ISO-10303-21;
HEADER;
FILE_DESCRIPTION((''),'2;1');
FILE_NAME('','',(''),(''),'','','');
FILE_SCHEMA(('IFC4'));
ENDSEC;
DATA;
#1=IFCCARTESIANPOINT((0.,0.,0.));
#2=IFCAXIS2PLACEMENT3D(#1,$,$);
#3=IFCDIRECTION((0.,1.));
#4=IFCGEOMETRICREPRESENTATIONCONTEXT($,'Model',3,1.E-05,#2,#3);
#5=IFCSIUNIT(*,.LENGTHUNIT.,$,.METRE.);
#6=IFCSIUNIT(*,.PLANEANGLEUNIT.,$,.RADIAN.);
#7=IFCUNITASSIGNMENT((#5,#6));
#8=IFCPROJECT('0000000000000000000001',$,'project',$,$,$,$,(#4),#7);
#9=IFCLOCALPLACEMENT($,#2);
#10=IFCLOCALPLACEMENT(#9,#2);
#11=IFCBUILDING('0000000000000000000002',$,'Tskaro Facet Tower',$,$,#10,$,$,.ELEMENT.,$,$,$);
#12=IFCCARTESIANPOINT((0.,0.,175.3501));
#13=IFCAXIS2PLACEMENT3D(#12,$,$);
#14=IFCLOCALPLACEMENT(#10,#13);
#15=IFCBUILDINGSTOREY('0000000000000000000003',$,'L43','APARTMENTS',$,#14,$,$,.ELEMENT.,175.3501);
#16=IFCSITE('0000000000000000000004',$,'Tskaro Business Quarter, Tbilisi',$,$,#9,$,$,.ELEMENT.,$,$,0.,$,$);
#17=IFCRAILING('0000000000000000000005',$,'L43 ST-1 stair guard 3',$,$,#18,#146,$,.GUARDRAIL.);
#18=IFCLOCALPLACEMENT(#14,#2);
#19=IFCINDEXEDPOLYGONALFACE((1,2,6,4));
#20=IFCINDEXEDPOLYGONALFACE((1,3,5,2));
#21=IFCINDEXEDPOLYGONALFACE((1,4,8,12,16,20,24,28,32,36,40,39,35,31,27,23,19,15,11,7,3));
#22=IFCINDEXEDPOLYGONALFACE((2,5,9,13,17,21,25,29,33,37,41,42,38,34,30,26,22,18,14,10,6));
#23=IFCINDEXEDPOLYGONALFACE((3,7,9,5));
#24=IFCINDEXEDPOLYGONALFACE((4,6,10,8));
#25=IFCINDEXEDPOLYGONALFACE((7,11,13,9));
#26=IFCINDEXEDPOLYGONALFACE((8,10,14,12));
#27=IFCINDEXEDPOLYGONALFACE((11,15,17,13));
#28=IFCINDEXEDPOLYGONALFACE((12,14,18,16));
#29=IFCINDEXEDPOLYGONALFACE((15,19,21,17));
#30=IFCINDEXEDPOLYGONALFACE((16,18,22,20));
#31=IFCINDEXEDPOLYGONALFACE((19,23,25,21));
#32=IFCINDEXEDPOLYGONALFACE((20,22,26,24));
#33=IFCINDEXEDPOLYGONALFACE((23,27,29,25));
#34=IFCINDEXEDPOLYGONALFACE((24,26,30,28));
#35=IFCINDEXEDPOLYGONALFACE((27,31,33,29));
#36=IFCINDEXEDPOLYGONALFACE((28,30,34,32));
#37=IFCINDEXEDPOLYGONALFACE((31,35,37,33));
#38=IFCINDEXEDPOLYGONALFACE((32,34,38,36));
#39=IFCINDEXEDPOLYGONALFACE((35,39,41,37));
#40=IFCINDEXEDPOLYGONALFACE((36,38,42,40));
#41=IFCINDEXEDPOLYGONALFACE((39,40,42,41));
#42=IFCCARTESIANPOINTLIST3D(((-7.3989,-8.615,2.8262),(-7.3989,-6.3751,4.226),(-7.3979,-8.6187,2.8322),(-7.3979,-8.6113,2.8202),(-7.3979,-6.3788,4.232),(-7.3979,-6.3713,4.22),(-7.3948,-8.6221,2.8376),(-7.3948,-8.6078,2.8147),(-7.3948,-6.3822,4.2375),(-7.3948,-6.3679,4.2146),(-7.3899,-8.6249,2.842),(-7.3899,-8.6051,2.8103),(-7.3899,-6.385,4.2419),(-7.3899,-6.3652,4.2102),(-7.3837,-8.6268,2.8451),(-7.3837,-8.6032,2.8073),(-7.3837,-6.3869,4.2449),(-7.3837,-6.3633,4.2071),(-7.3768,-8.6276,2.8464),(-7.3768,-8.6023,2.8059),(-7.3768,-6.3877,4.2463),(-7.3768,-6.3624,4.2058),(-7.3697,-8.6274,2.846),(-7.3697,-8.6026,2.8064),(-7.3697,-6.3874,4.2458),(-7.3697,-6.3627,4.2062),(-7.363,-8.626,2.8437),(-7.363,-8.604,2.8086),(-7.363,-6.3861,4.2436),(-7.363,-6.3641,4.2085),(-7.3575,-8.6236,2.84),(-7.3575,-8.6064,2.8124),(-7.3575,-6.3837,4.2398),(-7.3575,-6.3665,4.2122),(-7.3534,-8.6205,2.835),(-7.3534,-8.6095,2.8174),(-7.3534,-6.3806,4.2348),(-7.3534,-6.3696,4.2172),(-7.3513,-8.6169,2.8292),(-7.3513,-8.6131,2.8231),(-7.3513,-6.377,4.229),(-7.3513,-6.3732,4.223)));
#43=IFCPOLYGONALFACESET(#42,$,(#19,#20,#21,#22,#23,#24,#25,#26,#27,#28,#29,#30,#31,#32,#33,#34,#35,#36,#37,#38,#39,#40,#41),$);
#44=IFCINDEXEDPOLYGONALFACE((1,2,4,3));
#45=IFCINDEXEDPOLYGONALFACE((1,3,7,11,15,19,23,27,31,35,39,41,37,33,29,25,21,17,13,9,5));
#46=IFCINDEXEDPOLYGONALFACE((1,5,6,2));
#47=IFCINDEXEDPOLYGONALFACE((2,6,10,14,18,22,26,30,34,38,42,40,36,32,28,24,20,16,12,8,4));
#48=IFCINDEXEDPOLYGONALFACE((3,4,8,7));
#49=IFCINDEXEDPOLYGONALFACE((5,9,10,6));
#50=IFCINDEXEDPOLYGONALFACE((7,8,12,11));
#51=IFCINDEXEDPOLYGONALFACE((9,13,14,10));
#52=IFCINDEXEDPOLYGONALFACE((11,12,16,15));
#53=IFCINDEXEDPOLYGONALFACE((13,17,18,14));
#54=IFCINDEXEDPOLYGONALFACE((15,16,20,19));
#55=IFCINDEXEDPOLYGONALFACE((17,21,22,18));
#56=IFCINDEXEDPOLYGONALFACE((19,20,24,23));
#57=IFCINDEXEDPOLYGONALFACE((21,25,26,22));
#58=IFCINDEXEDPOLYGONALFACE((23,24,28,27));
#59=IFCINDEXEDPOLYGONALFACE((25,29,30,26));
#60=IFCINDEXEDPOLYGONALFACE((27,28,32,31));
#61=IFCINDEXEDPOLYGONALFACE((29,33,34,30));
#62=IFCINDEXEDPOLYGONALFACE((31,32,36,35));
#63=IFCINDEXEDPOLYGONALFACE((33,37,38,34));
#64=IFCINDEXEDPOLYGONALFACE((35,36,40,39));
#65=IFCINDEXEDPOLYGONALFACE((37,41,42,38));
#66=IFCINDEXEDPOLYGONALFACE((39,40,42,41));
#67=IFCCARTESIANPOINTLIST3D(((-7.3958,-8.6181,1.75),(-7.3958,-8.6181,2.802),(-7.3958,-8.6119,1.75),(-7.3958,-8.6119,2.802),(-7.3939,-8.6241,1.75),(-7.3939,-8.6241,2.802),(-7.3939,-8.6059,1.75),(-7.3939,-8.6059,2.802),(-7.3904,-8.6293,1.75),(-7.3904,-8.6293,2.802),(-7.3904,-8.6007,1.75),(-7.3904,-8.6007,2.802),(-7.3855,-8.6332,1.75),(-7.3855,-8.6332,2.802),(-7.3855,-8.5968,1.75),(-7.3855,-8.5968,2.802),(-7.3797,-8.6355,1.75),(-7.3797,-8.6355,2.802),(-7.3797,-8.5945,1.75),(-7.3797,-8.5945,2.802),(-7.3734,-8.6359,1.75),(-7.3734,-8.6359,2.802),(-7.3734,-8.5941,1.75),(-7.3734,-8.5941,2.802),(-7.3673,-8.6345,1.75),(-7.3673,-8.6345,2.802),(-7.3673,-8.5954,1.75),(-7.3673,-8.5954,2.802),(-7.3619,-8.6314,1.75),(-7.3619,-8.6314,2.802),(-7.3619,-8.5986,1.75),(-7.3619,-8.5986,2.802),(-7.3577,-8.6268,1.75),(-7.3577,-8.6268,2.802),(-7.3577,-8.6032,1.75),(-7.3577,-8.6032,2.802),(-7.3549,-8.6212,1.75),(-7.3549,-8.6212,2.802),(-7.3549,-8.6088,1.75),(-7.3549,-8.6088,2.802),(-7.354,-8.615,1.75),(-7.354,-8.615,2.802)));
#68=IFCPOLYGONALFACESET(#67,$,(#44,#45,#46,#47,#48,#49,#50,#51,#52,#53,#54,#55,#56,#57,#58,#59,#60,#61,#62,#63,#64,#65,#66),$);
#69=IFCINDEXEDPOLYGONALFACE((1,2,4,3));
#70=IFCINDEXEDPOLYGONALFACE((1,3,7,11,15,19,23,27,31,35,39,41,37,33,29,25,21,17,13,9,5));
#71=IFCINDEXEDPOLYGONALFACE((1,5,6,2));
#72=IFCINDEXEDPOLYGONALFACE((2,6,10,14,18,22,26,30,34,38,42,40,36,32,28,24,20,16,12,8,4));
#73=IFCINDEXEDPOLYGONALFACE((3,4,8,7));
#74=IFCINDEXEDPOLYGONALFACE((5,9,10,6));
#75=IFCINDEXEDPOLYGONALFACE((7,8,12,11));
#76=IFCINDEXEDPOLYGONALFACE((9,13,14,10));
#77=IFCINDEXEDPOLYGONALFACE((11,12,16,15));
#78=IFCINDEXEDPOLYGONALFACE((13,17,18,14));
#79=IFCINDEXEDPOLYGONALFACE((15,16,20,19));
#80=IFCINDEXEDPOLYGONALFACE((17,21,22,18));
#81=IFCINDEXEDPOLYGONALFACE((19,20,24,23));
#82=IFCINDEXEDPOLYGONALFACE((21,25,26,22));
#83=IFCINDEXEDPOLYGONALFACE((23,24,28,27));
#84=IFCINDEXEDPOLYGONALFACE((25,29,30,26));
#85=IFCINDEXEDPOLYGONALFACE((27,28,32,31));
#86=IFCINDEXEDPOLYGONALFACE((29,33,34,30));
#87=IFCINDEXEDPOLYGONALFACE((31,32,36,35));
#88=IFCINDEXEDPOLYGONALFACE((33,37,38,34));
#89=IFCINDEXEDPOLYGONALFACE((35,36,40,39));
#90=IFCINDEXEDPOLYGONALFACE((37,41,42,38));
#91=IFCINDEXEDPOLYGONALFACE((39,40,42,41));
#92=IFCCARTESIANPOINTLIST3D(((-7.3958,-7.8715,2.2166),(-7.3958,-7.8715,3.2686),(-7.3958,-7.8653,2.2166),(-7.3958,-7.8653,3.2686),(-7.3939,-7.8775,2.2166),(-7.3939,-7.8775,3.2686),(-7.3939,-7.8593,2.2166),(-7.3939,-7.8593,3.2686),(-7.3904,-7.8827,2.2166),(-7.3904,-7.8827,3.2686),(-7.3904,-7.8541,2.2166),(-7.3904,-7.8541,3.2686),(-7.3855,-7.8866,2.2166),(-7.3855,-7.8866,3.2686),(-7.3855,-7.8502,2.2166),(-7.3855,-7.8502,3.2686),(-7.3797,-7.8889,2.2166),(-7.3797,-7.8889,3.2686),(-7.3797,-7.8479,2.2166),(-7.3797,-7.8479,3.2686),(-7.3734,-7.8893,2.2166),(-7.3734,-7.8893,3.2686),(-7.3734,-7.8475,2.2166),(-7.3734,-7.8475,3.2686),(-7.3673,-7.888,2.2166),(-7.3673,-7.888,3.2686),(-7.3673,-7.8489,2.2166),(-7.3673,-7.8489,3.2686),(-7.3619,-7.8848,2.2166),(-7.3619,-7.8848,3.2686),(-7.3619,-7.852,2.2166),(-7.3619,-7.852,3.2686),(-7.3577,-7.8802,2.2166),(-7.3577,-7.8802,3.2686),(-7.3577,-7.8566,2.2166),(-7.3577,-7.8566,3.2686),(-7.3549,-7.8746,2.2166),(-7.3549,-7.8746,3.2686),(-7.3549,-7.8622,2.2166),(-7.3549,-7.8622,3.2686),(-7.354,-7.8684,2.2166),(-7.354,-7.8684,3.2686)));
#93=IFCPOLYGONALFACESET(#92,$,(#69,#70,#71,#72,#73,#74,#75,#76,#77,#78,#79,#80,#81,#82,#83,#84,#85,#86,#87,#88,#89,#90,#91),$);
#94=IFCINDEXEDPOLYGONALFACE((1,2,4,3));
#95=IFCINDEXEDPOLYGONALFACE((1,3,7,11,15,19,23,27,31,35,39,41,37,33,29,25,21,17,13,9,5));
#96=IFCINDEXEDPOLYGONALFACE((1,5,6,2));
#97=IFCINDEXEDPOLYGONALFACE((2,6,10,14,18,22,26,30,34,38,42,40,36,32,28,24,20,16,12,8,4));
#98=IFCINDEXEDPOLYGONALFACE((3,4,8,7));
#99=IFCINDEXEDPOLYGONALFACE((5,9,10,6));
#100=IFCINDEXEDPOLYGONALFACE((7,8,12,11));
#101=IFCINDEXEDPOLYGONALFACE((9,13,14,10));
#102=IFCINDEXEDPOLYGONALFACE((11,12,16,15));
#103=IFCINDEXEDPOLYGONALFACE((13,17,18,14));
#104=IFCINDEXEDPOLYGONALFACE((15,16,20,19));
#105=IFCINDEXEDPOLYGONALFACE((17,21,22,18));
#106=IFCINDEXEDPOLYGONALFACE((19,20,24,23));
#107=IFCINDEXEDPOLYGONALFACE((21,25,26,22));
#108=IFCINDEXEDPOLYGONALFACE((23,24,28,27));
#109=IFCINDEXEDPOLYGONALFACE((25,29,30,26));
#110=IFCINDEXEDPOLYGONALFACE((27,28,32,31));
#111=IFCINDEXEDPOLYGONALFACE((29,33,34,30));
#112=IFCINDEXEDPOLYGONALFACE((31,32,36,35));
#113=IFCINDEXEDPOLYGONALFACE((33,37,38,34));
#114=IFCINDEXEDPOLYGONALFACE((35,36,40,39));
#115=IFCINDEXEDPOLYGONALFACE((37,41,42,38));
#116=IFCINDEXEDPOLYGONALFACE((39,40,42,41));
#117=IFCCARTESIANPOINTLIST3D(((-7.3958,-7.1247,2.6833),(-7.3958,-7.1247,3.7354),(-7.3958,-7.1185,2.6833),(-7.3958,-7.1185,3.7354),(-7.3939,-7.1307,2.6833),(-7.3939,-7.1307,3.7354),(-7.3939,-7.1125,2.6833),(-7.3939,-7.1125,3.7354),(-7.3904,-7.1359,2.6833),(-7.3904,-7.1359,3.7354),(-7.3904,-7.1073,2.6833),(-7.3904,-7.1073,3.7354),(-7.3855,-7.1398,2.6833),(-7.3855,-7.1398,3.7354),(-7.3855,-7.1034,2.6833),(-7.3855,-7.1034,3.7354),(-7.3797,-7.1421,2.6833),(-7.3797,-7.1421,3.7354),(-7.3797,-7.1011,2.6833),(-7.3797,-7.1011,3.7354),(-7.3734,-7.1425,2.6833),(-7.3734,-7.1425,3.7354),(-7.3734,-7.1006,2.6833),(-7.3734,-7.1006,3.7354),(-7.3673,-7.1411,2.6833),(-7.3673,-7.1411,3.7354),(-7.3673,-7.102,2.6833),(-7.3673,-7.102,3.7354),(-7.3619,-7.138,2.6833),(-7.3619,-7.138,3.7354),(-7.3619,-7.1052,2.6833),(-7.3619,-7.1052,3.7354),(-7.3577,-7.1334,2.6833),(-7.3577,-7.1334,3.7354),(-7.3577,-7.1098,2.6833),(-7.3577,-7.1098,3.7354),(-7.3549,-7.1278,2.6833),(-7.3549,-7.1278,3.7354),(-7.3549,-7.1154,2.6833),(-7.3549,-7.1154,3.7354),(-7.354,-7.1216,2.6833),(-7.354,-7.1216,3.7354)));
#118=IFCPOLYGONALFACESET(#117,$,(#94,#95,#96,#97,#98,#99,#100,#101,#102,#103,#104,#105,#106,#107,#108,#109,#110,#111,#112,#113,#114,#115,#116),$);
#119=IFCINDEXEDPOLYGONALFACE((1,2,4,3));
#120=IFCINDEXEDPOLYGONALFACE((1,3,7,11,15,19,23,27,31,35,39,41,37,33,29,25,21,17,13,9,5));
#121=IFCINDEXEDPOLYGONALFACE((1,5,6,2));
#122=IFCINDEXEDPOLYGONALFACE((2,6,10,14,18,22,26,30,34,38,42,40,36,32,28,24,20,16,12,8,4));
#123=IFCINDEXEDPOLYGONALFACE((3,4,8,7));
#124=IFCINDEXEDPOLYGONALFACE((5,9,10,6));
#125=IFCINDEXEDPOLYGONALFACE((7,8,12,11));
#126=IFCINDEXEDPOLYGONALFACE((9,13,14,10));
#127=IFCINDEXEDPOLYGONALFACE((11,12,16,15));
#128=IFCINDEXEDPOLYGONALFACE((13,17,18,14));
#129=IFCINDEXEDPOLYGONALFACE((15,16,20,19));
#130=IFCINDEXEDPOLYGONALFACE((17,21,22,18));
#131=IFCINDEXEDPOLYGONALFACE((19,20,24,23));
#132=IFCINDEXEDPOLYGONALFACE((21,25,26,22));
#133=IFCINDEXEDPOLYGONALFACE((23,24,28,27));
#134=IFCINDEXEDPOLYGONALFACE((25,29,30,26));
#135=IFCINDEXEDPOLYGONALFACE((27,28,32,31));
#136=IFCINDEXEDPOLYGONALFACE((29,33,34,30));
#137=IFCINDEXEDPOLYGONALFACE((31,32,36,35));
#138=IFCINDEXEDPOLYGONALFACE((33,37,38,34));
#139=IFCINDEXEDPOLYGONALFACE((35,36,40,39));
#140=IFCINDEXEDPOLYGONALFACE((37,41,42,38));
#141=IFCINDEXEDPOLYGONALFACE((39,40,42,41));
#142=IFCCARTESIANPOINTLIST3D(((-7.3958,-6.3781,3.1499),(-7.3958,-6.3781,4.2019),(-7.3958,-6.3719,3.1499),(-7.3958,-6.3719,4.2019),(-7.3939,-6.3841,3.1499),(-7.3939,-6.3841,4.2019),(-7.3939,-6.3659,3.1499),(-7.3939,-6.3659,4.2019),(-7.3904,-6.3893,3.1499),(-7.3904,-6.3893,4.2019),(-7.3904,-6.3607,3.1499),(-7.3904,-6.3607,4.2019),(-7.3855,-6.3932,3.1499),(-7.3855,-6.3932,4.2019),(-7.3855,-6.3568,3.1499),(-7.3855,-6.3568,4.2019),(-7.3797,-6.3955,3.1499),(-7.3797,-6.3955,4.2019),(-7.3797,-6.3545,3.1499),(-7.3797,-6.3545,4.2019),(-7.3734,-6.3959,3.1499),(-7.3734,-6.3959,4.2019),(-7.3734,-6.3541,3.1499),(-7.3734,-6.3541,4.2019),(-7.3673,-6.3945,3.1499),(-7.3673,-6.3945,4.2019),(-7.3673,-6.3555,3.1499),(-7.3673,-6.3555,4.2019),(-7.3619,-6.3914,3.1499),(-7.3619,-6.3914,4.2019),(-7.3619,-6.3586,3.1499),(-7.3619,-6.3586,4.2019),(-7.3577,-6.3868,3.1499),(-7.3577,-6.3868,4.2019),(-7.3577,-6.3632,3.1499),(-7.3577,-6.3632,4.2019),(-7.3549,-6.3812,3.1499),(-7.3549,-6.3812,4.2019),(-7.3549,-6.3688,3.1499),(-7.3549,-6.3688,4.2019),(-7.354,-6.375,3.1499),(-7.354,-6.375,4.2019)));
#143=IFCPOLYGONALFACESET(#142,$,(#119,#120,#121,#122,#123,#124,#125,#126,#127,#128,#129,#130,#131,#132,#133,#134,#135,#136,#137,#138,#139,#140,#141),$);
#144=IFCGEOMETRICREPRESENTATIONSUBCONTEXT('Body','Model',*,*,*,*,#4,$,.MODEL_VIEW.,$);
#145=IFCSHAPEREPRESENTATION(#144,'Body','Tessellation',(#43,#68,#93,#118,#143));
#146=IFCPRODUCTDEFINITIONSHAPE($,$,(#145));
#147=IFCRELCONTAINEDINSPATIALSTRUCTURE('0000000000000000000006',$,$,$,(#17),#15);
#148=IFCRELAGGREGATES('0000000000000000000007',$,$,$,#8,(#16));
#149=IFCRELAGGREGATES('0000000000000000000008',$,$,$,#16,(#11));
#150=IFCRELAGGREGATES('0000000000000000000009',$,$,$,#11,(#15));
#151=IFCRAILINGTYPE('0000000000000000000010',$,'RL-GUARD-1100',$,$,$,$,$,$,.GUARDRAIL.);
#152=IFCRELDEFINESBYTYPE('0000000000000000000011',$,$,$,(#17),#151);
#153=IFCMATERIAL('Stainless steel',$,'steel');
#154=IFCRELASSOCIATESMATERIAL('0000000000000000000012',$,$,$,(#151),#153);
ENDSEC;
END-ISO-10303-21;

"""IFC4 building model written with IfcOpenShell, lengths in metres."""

from ifc_helpers import new_model, si_unit, direction, frame, origin, origin_2d, place, context, subcontext, project, spatial, circle, extrude, material, type_object, element, save


model = new_model("IFC4")

# Units and contexts
model_context = context("Model", 3, precision=1e-05, world=origin(), true_north=direction((0.0, 1.0)))
body_context = subcontext(model_context, "Body", "Model", "MODEL_VIEW")
ifc_project = project(units=[si_unit("LENGTHUNIT", "METRE"), si_unit("PLANEANGLEUNIT", "RADIAN")], contexts=[model_context])

# Site, building, storey
site_placement = place(None, origin())
site = spatial("IfcSite", under=ifc_project, at=site_placement, Name="Tskaro Business Quarter, Tbilisi", CompositionType="ELEMENT", RefElevation=0.0)
building_placement = place(site_placement, origin())
building = spatial("IfcBuilding", under=site, at=building_placement, Name="Tskaro Facet Tower", CompositionType="ELEMENT")
storey_placement = place(building_placement, frame((0.0, 0.0, 175.3501)))
storey = spatial("IfcBuildingStorey", under=building, at=storey_placement, Name="L43", Description="APARTMENTS", CompositionType="ELEMENT", Elevation=175.3501)

# Shared definitions
ifc_material_1 = material(Name="Stainless steel", Category="steel")

# Railing
railing_type_1 = type_object("IfcRailingType", Name="RL-GUARD-1100", PredefinedType="GUARDRAIL", material=ifc_material_1)
railing_1_placement = place(storey_placement, frame((-7.375, -8.615, 1.75)))
element("IfcRailing", 1, at=railing_1_placement, inside=storey, type_object=railing_type_1, Name="L43 ST-1 stair guard 3", PredefinedType="GUARDRAIL", context=body_context, shape_type="SweptSolid", body=[
    extrude(circle(Radius=0.0239, at=origin_2d()), frame((0.0, 0.0, 1.0762), z_axis=(0.0, 0.848014, 0.529974), x_axis=(-1.0, 0.0, 0.0)), (0.0, 0.0, 1.0), 2.6414),
    extrude(circle(Radius=0.021, at=origin_2d()), origin(), (0.0, 0.0, 1.0), 1.052),
    extrude(circle(Radius=0.021, at=origin_2d()), frame((0.0, 0.7466, 0.4666)), (0.0, 0.0, 1.0), 1.052),
    extrude(circle(Radius=0.021, at=origin_2d()), frame((0.0, 1.4934, 0.9333)), (0.0, 0.0, 1.0), 1.052),
    extrude(circle(Radius=0.021, at=origin_2d()), frame((0.0, 2.24, 1.3999)), (0.0, 0.0, 1.0), 1.052),
])

save(model, "model.ifc")
